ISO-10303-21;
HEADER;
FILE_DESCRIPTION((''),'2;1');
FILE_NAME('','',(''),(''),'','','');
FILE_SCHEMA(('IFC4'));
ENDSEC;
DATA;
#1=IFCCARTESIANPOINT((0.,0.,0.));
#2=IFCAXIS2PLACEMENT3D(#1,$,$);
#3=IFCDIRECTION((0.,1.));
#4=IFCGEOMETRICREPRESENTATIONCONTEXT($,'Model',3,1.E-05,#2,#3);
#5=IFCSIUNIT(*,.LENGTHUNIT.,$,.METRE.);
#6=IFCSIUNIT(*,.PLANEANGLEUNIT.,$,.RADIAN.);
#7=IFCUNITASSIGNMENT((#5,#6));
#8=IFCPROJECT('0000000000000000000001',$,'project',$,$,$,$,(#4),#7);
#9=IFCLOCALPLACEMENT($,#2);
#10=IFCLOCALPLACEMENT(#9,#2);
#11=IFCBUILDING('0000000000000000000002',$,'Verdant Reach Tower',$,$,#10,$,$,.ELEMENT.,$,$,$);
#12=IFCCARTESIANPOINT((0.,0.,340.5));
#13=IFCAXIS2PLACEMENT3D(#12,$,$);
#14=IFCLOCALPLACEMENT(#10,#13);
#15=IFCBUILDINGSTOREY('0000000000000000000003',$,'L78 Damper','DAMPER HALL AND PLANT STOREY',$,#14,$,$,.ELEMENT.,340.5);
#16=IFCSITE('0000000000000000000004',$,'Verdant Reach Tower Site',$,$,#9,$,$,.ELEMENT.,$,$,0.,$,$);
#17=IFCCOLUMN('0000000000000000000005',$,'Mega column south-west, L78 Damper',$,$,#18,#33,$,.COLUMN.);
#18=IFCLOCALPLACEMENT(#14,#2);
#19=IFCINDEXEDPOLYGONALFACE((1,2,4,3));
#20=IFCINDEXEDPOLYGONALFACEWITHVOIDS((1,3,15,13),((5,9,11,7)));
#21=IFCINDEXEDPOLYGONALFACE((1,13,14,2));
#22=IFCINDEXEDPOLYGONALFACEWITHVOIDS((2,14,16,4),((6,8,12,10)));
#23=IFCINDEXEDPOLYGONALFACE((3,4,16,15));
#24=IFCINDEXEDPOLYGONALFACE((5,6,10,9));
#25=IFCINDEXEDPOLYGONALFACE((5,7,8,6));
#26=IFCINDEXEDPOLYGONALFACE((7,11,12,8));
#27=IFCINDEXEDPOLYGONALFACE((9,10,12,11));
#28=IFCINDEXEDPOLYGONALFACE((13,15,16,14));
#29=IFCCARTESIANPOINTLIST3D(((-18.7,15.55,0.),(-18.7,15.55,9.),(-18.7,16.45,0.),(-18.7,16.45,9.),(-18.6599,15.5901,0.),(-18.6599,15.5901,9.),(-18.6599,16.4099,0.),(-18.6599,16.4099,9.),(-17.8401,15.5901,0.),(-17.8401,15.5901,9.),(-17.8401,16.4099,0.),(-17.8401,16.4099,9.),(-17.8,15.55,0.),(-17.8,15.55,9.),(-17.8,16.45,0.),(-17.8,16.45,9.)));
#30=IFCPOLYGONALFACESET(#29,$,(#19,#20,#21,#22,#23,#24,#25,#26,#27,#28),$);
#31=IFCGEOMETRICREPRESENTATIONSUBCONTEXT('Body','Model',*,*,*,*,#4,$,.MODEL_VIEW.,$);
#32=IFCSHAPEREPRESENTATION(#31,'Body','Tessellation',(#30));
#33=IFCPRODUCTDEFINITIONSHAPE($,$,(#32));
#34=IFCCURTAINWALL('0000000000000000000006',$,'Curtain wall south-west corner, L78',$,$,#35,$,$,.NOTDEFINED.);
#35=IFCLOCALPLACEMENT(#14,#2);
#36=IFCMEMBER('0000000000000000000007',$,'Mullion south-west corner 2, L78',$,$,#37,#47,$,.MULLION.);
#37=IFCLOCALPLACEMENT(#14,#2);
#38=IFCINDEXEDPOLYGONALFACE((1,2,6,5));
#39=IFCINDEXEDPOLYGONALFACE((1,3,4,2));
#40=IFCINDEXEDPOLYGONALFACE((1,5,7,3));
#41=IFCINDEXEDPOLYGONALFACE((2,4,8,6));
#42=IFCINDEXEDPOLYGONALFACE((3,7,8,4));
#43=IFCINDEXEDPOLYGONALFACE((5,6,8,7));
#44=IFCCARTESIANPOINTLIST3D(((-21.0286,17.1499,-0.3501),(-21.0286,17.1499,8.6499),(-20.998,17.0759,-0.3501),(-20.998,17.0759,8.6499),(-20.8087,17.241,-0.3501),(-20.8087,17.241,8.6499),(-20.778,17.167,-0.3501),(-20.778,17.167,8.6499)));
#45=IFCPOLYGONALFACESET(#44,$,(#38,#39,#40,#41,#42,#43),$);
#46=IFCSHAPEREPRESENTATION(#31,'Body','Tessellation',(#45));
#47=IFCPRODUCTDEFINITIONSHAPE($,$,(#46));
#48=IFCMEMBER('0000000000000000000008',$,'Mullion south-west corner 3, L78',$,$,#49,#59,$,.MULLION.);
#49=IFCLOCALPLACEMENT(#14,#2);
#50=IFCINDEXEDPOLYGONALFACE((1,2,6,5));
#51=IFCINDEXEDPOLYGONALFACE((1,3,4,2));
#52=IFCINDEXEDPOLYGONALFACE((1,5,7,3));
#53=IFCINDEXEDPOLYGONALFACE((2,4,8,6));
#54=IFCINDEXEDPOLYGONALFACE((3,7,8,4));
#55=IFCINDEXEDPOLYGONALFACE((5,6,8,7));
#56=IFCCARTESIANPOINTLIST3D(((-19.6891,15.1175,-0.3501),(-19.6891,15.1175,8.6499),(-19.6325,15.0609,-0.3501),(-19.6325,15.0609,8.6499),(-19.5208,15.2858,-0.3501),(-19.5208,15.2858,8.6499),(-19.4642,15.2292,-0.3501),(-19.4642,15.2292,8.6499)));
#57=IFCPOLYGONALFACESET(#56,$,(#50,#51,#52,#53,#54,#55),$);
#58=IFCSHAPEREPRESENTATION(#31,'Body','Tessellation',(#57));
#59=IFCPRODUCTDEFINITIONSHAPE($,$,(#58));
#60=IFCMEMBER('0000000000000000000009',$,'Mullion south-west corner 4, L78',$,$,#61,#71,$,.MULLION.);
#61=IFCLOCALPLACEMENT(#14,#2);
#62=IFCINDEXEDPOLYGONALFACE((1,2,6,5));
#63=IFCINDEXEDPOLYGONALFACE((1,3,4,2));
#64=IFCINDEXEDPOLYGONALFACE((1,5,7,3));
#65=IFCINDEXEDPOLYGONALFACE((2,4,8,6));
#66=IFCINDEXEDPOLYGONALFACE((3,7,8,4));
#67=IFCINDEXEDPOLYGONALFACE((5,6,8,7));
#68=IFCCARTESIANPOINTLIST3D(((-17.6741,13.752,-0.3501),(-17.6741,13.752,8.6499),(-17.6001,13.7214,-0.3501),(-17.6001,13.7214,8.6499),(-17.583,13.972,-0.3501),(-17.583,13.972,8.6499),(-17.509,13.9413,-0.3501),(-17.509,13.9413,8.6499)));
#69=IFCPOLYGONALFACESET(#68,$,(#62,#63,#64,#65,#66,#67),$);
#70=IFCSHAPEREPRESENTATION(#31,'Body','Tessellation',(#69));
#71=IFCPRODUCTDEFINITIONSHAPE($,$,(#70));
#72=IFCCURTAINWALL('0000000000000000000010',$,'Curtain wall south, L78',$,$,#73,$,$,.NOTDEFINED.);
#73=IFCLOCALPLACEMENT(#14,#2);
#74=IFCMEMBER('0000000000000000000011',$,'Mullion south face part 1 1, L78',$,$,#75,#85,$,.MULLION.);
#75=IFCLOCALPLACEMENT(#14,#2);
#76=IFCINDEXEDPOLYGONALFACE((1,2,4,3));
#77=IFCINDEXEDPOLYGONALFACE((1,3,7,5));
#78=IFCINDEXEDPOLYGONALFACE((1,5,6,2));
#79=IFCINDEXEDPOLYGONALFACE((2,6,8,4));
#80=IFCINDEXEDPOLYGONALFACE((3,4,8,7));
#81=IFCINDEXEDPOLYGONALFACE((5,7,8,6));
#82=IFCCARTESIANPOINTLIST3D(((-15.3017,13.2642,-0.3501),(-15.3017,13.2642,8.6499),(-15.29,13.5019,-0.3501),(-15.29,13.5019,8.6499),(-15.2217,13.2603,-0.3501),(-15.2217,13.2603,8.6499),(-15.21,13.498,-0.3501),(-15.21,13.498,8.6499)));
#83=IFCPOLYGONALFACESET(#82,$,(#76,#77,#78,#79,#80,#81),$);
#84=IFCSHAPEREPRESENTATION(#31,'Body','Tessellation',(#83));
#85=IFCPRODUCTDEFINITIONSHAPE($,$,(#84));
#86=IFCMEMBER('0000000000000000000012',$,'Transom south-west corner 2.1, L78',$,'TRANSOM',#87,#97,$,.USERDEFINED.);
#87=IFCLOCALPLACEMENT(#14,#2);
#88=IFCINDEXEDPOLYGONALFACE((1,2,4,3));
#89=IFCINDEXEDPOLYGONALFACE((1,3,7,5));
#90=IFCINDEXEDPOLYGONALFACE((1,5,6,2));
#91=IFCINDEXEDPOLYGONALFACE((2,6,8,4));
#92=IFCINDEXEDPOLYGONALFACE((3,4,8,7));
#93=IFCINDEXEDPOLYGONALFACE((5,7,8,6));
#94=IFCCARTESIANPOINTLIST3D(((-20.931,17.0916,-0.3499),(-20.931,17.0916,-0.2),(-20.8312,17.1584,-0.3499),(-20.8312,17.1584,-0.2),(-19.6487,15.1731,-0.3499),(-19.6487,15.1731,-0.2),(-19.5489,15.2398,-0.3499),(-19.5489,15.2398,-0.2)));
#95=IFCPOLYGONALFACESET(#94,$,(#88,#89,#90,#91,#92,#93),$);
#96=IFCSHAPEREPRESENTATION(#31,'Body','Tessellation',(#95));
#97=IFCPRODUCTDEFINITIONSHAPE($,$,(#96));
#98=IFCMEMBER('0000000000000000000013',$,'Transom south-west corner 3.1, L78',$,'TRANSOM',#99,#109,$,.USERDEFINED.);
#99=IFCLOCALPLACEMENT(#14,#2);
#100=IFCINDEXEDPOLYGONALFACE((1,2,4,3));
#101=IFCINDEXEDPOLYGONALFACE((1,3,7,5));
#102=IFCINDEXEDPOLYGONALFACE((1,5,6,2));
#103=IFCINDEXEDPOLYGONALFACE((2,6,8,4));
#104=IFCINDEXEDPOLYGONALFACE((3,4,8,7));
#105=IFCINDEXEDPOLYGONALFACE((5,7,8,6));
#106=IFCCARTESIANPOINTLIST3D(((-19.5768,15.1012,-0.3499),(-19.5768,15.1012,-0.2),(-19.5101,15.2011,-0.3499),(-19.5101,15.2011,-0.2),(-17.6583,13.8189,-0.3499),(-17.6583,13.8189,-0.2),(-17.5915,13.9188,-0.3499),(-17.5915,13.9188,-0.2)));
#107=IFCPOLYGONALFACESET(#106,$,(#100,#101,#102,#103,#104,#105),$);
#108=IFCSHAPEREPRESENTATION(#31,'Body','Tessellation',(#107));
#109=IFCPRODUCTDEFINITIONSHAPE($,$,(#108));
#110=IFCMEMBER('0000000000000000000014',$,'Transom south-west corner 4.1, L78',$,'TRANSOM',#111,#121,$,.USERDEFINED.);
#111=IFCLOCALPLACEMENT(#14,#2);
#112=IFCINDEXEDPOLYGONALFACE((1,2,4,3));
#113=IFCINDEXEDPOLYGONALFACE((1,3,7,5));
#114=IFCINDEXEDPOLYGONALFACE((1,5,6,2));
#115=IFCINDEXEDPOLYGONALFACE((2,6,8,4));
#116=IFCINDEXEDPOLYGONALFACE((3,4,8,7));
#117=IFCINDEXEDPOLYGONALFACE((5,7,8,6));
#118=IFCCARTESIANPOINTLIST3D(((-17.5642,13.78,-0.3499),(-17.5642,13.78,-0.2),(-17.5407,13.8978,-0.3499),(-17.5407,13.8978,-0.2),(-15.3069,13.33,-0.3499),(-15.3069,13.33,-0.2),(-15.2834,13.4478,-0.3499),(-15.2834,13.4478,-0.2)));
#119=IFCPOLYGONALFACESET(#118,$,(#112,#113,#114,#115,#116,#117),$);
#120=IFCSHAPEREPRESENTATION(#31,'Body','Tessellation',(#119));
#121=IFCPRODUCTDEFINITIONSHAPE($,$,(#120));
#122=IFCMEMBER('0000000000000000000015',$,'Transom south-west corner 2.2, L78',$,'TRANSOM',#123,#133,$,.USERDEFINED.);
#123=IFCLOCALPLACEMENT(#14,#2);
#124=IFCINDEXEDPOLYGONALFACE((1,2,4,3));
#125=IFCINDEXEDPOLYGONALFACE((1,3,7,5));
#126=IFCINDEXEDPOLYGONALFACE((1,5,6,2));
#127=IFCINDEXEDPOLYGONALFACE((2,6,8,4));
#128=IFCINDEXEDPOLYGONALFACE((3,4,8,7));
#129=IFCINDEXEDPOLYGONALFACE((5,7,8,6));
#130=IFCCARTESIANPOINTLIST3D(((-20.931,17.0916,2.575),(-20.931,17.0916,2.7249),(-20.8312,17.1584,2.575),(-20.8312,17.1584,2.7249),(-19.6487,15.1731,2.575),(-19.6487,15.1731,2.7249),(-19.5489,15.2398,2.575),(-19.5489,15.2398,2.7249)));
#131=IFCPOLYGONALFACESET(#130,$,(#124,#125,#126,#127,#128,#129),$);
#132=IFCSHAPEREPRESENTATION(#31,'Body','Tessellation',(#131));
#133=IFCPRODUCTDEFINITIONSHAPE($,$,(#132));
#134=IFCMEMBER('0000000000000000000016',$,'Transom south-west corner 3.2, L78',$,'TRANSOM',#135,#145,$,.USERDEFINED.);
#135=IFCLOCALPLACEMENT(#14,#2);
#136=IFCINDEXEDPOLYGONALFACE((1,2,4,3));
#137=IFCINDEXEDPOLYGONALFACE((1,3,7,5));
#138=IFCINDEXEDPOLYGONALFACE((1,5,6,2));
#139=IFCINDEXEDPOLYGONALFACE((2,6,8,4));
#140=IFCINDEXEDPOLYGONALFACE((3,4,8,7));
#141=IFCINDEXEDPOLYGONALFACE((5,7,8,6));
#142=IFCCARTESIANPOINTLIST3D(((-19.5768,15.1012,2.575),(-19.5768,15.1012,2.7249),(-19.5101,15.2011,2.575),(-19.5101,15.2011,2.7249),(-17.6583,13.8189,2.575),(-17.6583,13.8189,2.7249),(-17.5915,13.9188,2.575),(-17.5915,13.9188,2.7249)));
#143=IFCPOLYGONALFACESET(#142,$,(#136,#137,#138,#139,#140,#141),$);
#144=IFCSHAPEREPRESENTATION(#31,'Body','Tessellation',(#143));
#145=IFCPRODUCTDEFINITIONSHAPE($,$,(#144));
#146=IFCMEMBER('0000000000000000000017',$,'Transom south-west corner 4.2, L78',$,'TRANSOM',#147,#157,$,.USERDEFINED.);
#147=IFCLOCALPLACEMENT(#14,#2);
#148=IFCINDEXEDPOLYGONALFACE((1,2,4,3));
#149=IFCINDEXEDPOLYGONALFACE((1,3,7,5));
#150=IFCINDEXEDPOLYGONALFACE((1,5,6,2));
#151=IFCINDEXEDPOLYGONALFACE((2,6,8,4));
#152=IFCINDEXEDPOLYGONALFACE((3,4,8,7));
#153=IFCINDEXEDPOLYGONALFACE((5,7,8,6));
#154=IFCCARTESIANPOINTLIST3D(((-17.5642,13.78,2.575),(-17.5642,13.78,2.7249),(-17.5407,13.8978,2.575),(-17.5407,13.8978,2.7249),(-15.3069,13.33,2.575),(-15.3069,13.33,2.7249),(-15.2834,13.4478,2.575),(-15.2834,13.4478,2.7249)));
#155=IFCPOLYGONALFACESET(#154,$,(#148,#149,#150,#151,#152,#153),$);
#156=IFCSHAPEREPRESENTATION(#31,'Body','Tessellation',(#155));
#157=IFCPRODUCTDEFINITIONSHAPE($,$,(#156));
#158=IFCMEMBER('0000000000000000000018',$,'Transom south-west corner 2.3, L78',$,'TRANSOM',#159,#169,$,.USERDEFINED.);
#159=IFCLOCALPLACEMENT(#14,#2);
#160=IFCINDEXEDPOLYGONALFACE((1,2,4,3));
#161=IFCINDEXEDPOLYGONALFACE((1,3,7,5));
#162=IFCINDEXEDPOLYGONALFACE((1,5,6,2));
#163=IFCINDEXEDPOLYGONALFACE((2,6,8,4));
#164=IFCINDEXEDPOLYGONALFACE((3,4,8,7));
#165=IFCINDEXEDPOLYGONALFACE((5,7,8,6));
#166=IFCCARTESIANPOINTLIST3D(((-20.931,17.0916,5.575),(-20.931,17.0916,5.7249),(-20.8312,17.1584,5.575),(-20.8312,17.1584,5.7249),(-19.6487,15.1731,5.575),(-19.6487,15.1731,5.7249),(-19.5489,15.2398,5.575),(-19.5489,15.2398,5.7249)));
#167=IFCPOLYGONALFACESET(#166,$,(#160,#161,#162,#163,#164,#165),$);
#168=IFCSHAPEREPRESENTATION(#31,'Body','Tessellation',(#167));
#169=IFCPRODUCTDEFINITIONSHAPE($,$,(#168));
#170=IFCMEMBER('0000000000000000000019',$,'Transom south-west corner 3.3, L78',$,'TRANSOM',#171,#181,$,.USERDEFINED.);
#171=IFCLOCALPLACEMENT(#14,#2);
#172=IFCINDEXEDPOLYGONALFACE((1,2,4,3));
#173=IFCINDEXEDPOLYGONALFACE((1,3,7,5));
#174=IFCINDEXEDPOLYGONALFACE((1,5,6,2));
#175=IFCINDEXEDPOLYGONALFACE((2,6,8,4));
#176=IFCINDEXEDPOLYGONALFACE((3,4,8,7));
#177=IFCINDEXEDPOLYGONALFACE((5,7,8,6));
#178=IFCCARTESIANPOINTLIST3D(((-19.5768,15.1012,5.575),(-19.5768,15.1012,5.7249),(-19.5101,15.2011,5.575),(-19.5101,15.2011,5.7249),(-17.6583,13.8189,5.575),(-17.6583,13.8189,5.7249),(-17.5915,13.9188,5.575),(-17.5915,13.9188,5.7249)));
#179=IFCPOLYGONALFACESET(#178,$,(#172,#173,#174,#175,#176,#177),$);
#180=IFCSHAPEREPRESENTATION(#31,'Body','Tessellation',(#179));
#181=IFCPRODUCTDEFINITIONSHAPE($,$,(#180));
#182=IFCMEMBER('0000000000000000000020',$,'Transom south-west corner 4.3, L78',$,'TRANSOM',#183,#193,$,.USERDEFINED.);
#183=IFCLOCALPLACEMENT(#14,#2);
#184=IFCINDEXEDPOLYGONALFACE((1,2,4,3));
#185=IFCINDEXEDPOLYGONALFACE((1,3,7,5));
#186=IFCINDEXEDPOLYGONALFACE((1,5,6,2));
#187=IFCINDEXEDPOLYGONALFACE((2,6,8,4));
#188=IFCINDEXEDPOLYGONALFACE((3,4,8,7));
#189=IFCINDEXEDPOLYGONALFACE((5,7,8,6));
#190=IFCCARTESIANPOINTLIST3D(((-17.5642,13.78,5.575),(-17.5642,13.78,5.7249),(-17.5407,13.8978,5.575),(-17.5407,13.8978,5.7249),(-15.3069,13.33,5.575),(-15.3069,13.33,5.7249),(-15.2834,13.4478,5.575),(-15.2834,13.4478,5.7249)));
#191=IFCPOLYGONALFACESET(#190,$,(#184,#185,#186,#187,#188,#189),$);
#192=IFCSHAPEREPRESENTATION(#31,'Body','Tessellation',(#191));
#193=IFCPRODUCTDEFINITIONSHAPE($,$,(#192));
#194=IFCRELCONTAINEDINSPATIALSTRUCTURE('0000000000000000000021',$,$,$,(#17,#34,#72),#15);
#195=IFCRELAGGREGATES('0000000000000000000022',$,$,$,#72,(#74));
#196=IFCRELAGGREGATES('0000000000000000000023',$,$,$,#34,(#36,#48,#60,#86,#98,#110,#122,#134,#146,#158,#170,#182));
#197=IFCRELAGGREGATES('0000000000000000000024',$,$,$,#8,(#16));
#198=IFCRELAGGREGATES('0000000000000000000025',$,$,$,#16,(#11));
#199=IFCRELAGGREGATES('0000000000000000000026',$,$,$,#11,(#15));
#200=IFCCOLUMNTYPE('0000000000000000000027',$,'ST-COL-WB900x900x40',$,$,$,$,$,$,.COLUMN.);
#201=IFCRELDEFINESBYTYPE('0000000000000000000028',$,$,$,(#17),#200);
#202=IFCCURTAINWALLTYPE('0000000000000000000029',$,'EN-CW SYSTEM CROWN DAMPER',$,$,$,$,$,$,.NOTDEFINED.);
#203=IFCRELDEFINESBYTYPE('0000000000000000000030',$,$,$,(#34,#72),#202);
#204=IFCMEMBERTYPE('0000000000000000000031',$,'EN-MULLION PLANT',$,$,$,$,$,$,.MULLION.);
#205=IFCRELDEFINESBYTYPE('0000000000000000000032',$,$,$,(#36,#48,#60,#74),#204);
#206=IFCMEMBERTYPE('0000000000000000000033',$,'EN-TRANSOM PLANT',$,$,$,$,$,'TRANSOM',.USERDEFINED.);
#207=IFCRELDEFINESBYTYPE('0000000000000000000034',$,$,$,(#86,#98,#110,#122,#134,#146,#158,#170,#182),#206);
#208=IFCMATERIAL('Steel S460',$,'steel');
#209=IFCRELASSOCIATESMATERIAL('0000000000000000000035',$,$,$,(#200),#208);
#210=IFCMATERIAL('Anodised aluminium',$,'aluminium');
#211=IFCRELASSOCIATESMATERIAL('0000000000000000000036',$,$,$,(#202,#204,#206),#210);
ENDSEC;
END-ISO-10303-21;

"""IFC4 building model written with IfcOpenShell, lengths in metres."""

from ifc_helpers import new_model, si_unit, direction, frame, origin, origin_2d, place, context, subcontext, project, spatial, rectangle, hollow_rectangle, extrude, material, material_profile, profile_set, type_object, element, aggregate, save


model = new_model("IFC4")

# Units and contexts
model_context = context("Model", 3, precision=1e-05, world=origin(), true_north=direction((0.0, 1.0)))
body_context = subcontext(model_context, "Body", "Model", "MODEL_VIEW")
ifc_project = project(units=[si_unit("LENGTHUNIT", "METRE"), si_unit("PLANEANGLEUNIT", "RADIAN")], contexts=[model_context])

# Site, building, storey
site_placement = place(None, origin())
site = spatial("IfcSite", under=ifc_project, at=site_placement, Name="Verdant Reach Tower Site", CompositionType="ELEMENT", RefElevation=0.0)
building_placement = place(site_placement, origin())
building = spatial("IfcBuilding", under=site, at=building_placement, Name="Verdant Reach Tower", CompositionType="ELEMENT")
storey_placement = place(building_placement, frame((0.0, 0.0, 340.5)))
storey = spatial("IfcBuildingStorey", under=building, at=storey_placement, Name="L78 Damper", Description="DAMPER HALL AND PLANT STOREY", CompositionType="ELEMENT", Elevation=340.5)

# Column
ifc_material_1 = material(Name="Steel S460", Category="steel")
ifc_material_profile_1 = material_profile(ifc_material_1, hollow_rectangle(XDim=0.8999, YDim=0.8999, WallThickness=0.04, at=origin_2d()), Name="WB 900x900x40")
ifc_profile_set_1 = profile_set([ifc_material_profile_1], Name="Steel S460")
column_type = type_object("IfcColumnType", Name="ST-COL-WB900x900x40", PredefinedType="COLUMN", material=ifc_profile_set_1)
column_placement = place(storey_placement, frame((-18.25, 16.0, 0.0), z_axis=(0.0, 0.0, 1.0), x_axis=(1.0, 0.0, 0.0)))
element("IfcColumn", 1, at=column_placement, inside=storey, type_object=column_type, Name="Mega column south-west, L78 Damper", PredefinedType="COLUMN", context=body_context, shape_type="SweptSolid", body=[
    extrude(hollow_rectangle(XDim=0.8999, YDim=0.8999, WallThickness=0.04, at=origin_2d()), origin(), (0.0, 0.0, 1.0), 9.0),
])

# Curtain wall, members
ifc_material_2 = material(Name="Anodised aluminium", Category="aluminium")
curtain_wall_type = type_object("IfcCurtainWallType", Name="EN-CW SYSTEM CROWN DAMPER", PredefinedType="NOTDEFINED", material=ifc_material_2)
curtain_wall_1_placement = place(storey_placement, origin())
curtain_wall_1 = element("IfcCurtainWall", 2, at=curtain_wall_1_placement, inside=storey, type_object=curtain_wall_type, Name="Curtain wall south-west corner, L78", PredefinedType="NOTDEFINED")
ifc_material_profile_2 = material_profile(ifc_material_2, rectangle(XDim=0.238, YDim=0.0801, at=origin_2d()), Name="Mullion 80x240")
ifc_profile_set_2 = profile_set([ifc_material_profile_2], Name="Anodised aluminium")
member_type_1 = type_object("IfcMemberType", Name="EN-MULLION PLANT", PredefinedType="MULLION", material=ifc_profile_set_2)
member_1_placement = place(storey_placement, frame((-20.9033, 17.1584, -0.3501), z_axis=(0.0, 0.0, 1.0), x_axis=(-0.923875, -0.382694, 0.0)))
member_1 = element("IfcMember", 3, at=member_1_placement, type_object=member_type_1, Name="Mullion south-west corner 2, L78", PredefinedType="MULLION", context=body_context, shape_type="SweptSolid", body=[
    extrude(rectangle(XDim=0.238, YDim=0.0801, at=origin_2d()), origin(), (0.0, 0.0, 1.0), 9.0),
])
member_2_placement = place(storey_placement, frame((-19.5767, 15.1733, -0.3501), z_axis=(0.0, 0.0, 1.0), x_axis=(-0.707107, -0.707107, 0.0)))
member_2 = element("IfcMember", 4, at=member_2_placement, type_object=member_type_1, Name="Mullion south-west corner 3, L78", PredefinedType="MULLION", context=body_context, shape_type="SweptSolid", body=[
    extrude(rectangle(XDim=0.238, YDim=0.0801, at=origin_2d()), origin(), (0.0, 0.0, 1.0), 9.0),
])
member_3_placement = place(storey_placement, frame((-17.5916, 13.8467, -0.3501), z_axis=(0.0, 0.0, 1.0), x_axis=(-0.382694, -0.923875, 0.0)))
member_3 = element("IfcMember", 5, at=member_3_placement, type_object=member_type_1, Name="Mullion south-west corner 4, L78", PredefinedType="MULLION", context=body_context, shape_type="SweptSolid", body=[
    extrude(rectangle(XDim=0.238, YDim=0.0801, at=origin_2d()), origin(), (0.0, 0.0, 1.0), 9.0),
])

# Curtain wall, member
curtain_wall_2_placement = place(storey_placement, origin())
curtain_wall_2 = element("IfcCurtainWall", 6, at=curtain_wall_2_placement, inside=storey, type_object=curtain_wall_type, Name="Curtain wall south, L78", PredefinedType="NOTDEFINED")
member_4_placement = place(storey_placement, frame((-15.2559, 13.3811, -0.3501), z_axis=(0.0, 0.0, 1.0), x_axis=(-0.049128, -0.998793, 0.0)))
member_4 = element("IfcMember", 7, at=member_4_placement, type_object=member_type_1, Name="Mullion south face part 1 1, L78", PredefinedType="MULLION", context=body_context, shape_type="SweptSolid", body=[
    extrude(rectangle(XDim=0.238, YDim=0.0801, at=origin_2d()), origin(), (0.0, 0.0, 1.0), 9.0),
])

# Members
ifc_material_profile_3 = material_profile(ifc_material_2, rectangle(XDim=0.1201, YDim=0.1499, at=origin_2d()), Name="Transom 150x120")
ifc_profile_set_3 = profile_set([ifc_material_profile_3], Name="Anodised aluminium")
member_type_2 = type_object("IfcMemberType", Name="EN-TRANSOM PLANT", ElementType="TRANSOM", PredefinedType="USERDEFINED", material=ifc_profile_set_3)
member_5_placement = place(storey_placement, frame((-20.8811, 17.125, -0.2749), z_axis=(0.555676, -0.831399, 0.0), x_axis=(0.831399, 0.555676, 0.0)))
member_5 = element("IfcMember", 8, at=member_5_placement, type_object=member_type_2, Name="Transom south-west corner 2.1, L78", ObjectType="TRANSOM", PredefinedType="USERDEFINED", context=body_context, shape_type="SweptSolid", body=[
    extrude(rectangle(XDim=0.1201, YDim=0.1499, at=origin_2d()), origin(), (0.0, 0.0, 1.0), 2.3076),
])
member_6_placement = place(storey_placement, frame((-19.5435, 15.1511, -0.2749), z_axis=(0.831399, -0.555676, 0.0), x_axis=(0.555676, 0.831399, 0.0)))
member_6 = element("IfcMember", 9, at=member_6_placement, type_object=member_type_2, Name="Transom south-west corner 3.1, L78", ObjectType="TRANSOM", PredefinedType="USERDEFINED", context=body_context, shape_type="SweptSolid", body=[
    extrude(rectangle(XDim=0.1201, YDim=0.1499, at=origin_2d()), origin(), (0.0, 0.0, 1.0), 2.3076),
])
member_7_placement = place(storey_placement, frame((-17.5525, 13.8389, -0.2749), z_axis=(0.980707, -0.195484, 0.0), x_axis=(0.195484, 0.980707, 0.0)))
member_7 = element("IfcMember", 10, at=member_7_placement, type_object=member_type_2, Name="Transom south-west corner 4.1, L78", ObjectType="TRANSOM", PredefinedType="USERDEFINED", context=body_context, shape_type="SweptSolid", body=[
    extrude(rectangle(XDim=0.1201, YDim=0.1499, at=origin_2d()), origin(), (0.0, 0.0, 1.0), 2.3018),
])
member_8_placement = place(storey_placement, frame((-20.8811, 17.125, 2.6499), z_axis=(0.555676, -0.831399, 0.0), x_axis=(0.831399, 0.555676, 0.0)))
member_8 = element("IfcMember", 11, at=member_8_placement, type_object=member_type_2, Name="Transom south-west corner 2.2, L78", ObjectType="TRANSOM", PredefinedType="USERDEFINED", context=body_context, shape_type="SweptSolid", body=[
    extrude(rectangle(XDim=0.1201, YDim=0.1499, at=origin_2d()), origin(), (0.0, 0.0, 1.0), 2.3076),
])
member_9_placement = place(storey_placement, frame((-19.5435, 15.1511, 2.6499), z_axis=(0.831399, -0.555676, 0.0), x_axis=(0.555676, 0.831399, 0.0)))
member_9 = element("IfcMember", 12, at=member_9_placement, type_object=member_type_2, Name="Transom south-west corner 3.2, L78", ObjectType="TRANSOM", PredefinedType="USERDEFINED", context=body_context, shape_type="SweptSolid", body=[
    extrude(rectangle(XDim=0.1201, YDim=0.1499, at=origin_2d()), origin(), (0.0, 0.0, 1.0), 2.3076),
])
member_10_placement = place(storey_placement, frame((-17.5525, 13.8389, 2.6499), z_axis=(0.980707, -0.195484, 0.0), x_axis=(0.195484, 0.980707, 0.0)))
member_10 = element("IfcMember", 13, at=member_10_placement, type_object=member_type_2, Name="Transom south-west corner 4.2, L78", ObjectType="TRANSOM", PredefinedType="USERDEFINED", context=body_context, shape_type="SweptSolid", body=[
    extrude(rectangle(XDim=0.1201, YDim=0.1499, at=origin_2d()), origin(), (0.0, 0.0, 1.0), 2.3018),
])
member_11_placement = place(storey_placement, frame((-20.8811, 17.125, 5.6499), z_axis=(0.555676, -0.831399, 0.0), x_axis=(0.831399, 0.555676, 0.0)))
member_11 = element("IfcMember", 14, at=member_11_placement, type_object=member_type_2, Name="Transom south-west corner 2.3, L78", ObjectType="TRANSOM", PredefinedType="USERDEFINED", context=body_context, shape_type="SweptSolid", body=[
    extrude(rectangle(XDim=0.1201, YDim=0.1499, at=origin_2d()), origin(), (0.0, 0.0, 1.0), 2.3076),
])
member_12_placement = place(storey_placement, frame((-19.5435, 15.1511, 5.6499), z_axis=(0.831399, -0.555676, 0.0), x_axis=(0.555676, 0.831399, 0.0)))
member_12 = element("IfcMember", 15, at=member_12_placement, type_object=member_type_2, Name="Transom south-west corner 3.3, L78", ObjectType="TRANSOM", PredefinedType="USERDEFINED", context=body_context, shape_type="SweptSolid", body=[
    extrude(rectangle(XDim=0.1201, YDim=0.1499, at=origin_2d()), origin(), (0.0, 0.0, 1.0), 2.3076),
])
member_13_placement = place(storey_placement, frame((-17.5525, 13.8389, 5.6499), z_axis=(0.980707, -0.195484, 0.0), x_axis=(0.195484, 0.980707, 0.0)))
member_13 = element("IfcMember", 16, at=member_13_placement, type_object=member_type_2, Name="Transom south-west corner 4.3, L78", ObjectType="TRANSOM", PredefinedType="USERDEFINED", context=body_context, shape_type="SweptSolid", body=[
    extrude(rectangle(XDim=0.1201, YDim=0.1499, at=origin_2d()), origin(), (0.0, 0.0, 1.0), 2.3018),
])
aggregate(curtain_wall_2, [member_4])

aggregate(curtain_wall_1, [member_1, member_2, member_3, member_5, member_6, member_7, member_8, member_9, member_10, member_11, member_12, member_13])

save(model, "model.ifc")
